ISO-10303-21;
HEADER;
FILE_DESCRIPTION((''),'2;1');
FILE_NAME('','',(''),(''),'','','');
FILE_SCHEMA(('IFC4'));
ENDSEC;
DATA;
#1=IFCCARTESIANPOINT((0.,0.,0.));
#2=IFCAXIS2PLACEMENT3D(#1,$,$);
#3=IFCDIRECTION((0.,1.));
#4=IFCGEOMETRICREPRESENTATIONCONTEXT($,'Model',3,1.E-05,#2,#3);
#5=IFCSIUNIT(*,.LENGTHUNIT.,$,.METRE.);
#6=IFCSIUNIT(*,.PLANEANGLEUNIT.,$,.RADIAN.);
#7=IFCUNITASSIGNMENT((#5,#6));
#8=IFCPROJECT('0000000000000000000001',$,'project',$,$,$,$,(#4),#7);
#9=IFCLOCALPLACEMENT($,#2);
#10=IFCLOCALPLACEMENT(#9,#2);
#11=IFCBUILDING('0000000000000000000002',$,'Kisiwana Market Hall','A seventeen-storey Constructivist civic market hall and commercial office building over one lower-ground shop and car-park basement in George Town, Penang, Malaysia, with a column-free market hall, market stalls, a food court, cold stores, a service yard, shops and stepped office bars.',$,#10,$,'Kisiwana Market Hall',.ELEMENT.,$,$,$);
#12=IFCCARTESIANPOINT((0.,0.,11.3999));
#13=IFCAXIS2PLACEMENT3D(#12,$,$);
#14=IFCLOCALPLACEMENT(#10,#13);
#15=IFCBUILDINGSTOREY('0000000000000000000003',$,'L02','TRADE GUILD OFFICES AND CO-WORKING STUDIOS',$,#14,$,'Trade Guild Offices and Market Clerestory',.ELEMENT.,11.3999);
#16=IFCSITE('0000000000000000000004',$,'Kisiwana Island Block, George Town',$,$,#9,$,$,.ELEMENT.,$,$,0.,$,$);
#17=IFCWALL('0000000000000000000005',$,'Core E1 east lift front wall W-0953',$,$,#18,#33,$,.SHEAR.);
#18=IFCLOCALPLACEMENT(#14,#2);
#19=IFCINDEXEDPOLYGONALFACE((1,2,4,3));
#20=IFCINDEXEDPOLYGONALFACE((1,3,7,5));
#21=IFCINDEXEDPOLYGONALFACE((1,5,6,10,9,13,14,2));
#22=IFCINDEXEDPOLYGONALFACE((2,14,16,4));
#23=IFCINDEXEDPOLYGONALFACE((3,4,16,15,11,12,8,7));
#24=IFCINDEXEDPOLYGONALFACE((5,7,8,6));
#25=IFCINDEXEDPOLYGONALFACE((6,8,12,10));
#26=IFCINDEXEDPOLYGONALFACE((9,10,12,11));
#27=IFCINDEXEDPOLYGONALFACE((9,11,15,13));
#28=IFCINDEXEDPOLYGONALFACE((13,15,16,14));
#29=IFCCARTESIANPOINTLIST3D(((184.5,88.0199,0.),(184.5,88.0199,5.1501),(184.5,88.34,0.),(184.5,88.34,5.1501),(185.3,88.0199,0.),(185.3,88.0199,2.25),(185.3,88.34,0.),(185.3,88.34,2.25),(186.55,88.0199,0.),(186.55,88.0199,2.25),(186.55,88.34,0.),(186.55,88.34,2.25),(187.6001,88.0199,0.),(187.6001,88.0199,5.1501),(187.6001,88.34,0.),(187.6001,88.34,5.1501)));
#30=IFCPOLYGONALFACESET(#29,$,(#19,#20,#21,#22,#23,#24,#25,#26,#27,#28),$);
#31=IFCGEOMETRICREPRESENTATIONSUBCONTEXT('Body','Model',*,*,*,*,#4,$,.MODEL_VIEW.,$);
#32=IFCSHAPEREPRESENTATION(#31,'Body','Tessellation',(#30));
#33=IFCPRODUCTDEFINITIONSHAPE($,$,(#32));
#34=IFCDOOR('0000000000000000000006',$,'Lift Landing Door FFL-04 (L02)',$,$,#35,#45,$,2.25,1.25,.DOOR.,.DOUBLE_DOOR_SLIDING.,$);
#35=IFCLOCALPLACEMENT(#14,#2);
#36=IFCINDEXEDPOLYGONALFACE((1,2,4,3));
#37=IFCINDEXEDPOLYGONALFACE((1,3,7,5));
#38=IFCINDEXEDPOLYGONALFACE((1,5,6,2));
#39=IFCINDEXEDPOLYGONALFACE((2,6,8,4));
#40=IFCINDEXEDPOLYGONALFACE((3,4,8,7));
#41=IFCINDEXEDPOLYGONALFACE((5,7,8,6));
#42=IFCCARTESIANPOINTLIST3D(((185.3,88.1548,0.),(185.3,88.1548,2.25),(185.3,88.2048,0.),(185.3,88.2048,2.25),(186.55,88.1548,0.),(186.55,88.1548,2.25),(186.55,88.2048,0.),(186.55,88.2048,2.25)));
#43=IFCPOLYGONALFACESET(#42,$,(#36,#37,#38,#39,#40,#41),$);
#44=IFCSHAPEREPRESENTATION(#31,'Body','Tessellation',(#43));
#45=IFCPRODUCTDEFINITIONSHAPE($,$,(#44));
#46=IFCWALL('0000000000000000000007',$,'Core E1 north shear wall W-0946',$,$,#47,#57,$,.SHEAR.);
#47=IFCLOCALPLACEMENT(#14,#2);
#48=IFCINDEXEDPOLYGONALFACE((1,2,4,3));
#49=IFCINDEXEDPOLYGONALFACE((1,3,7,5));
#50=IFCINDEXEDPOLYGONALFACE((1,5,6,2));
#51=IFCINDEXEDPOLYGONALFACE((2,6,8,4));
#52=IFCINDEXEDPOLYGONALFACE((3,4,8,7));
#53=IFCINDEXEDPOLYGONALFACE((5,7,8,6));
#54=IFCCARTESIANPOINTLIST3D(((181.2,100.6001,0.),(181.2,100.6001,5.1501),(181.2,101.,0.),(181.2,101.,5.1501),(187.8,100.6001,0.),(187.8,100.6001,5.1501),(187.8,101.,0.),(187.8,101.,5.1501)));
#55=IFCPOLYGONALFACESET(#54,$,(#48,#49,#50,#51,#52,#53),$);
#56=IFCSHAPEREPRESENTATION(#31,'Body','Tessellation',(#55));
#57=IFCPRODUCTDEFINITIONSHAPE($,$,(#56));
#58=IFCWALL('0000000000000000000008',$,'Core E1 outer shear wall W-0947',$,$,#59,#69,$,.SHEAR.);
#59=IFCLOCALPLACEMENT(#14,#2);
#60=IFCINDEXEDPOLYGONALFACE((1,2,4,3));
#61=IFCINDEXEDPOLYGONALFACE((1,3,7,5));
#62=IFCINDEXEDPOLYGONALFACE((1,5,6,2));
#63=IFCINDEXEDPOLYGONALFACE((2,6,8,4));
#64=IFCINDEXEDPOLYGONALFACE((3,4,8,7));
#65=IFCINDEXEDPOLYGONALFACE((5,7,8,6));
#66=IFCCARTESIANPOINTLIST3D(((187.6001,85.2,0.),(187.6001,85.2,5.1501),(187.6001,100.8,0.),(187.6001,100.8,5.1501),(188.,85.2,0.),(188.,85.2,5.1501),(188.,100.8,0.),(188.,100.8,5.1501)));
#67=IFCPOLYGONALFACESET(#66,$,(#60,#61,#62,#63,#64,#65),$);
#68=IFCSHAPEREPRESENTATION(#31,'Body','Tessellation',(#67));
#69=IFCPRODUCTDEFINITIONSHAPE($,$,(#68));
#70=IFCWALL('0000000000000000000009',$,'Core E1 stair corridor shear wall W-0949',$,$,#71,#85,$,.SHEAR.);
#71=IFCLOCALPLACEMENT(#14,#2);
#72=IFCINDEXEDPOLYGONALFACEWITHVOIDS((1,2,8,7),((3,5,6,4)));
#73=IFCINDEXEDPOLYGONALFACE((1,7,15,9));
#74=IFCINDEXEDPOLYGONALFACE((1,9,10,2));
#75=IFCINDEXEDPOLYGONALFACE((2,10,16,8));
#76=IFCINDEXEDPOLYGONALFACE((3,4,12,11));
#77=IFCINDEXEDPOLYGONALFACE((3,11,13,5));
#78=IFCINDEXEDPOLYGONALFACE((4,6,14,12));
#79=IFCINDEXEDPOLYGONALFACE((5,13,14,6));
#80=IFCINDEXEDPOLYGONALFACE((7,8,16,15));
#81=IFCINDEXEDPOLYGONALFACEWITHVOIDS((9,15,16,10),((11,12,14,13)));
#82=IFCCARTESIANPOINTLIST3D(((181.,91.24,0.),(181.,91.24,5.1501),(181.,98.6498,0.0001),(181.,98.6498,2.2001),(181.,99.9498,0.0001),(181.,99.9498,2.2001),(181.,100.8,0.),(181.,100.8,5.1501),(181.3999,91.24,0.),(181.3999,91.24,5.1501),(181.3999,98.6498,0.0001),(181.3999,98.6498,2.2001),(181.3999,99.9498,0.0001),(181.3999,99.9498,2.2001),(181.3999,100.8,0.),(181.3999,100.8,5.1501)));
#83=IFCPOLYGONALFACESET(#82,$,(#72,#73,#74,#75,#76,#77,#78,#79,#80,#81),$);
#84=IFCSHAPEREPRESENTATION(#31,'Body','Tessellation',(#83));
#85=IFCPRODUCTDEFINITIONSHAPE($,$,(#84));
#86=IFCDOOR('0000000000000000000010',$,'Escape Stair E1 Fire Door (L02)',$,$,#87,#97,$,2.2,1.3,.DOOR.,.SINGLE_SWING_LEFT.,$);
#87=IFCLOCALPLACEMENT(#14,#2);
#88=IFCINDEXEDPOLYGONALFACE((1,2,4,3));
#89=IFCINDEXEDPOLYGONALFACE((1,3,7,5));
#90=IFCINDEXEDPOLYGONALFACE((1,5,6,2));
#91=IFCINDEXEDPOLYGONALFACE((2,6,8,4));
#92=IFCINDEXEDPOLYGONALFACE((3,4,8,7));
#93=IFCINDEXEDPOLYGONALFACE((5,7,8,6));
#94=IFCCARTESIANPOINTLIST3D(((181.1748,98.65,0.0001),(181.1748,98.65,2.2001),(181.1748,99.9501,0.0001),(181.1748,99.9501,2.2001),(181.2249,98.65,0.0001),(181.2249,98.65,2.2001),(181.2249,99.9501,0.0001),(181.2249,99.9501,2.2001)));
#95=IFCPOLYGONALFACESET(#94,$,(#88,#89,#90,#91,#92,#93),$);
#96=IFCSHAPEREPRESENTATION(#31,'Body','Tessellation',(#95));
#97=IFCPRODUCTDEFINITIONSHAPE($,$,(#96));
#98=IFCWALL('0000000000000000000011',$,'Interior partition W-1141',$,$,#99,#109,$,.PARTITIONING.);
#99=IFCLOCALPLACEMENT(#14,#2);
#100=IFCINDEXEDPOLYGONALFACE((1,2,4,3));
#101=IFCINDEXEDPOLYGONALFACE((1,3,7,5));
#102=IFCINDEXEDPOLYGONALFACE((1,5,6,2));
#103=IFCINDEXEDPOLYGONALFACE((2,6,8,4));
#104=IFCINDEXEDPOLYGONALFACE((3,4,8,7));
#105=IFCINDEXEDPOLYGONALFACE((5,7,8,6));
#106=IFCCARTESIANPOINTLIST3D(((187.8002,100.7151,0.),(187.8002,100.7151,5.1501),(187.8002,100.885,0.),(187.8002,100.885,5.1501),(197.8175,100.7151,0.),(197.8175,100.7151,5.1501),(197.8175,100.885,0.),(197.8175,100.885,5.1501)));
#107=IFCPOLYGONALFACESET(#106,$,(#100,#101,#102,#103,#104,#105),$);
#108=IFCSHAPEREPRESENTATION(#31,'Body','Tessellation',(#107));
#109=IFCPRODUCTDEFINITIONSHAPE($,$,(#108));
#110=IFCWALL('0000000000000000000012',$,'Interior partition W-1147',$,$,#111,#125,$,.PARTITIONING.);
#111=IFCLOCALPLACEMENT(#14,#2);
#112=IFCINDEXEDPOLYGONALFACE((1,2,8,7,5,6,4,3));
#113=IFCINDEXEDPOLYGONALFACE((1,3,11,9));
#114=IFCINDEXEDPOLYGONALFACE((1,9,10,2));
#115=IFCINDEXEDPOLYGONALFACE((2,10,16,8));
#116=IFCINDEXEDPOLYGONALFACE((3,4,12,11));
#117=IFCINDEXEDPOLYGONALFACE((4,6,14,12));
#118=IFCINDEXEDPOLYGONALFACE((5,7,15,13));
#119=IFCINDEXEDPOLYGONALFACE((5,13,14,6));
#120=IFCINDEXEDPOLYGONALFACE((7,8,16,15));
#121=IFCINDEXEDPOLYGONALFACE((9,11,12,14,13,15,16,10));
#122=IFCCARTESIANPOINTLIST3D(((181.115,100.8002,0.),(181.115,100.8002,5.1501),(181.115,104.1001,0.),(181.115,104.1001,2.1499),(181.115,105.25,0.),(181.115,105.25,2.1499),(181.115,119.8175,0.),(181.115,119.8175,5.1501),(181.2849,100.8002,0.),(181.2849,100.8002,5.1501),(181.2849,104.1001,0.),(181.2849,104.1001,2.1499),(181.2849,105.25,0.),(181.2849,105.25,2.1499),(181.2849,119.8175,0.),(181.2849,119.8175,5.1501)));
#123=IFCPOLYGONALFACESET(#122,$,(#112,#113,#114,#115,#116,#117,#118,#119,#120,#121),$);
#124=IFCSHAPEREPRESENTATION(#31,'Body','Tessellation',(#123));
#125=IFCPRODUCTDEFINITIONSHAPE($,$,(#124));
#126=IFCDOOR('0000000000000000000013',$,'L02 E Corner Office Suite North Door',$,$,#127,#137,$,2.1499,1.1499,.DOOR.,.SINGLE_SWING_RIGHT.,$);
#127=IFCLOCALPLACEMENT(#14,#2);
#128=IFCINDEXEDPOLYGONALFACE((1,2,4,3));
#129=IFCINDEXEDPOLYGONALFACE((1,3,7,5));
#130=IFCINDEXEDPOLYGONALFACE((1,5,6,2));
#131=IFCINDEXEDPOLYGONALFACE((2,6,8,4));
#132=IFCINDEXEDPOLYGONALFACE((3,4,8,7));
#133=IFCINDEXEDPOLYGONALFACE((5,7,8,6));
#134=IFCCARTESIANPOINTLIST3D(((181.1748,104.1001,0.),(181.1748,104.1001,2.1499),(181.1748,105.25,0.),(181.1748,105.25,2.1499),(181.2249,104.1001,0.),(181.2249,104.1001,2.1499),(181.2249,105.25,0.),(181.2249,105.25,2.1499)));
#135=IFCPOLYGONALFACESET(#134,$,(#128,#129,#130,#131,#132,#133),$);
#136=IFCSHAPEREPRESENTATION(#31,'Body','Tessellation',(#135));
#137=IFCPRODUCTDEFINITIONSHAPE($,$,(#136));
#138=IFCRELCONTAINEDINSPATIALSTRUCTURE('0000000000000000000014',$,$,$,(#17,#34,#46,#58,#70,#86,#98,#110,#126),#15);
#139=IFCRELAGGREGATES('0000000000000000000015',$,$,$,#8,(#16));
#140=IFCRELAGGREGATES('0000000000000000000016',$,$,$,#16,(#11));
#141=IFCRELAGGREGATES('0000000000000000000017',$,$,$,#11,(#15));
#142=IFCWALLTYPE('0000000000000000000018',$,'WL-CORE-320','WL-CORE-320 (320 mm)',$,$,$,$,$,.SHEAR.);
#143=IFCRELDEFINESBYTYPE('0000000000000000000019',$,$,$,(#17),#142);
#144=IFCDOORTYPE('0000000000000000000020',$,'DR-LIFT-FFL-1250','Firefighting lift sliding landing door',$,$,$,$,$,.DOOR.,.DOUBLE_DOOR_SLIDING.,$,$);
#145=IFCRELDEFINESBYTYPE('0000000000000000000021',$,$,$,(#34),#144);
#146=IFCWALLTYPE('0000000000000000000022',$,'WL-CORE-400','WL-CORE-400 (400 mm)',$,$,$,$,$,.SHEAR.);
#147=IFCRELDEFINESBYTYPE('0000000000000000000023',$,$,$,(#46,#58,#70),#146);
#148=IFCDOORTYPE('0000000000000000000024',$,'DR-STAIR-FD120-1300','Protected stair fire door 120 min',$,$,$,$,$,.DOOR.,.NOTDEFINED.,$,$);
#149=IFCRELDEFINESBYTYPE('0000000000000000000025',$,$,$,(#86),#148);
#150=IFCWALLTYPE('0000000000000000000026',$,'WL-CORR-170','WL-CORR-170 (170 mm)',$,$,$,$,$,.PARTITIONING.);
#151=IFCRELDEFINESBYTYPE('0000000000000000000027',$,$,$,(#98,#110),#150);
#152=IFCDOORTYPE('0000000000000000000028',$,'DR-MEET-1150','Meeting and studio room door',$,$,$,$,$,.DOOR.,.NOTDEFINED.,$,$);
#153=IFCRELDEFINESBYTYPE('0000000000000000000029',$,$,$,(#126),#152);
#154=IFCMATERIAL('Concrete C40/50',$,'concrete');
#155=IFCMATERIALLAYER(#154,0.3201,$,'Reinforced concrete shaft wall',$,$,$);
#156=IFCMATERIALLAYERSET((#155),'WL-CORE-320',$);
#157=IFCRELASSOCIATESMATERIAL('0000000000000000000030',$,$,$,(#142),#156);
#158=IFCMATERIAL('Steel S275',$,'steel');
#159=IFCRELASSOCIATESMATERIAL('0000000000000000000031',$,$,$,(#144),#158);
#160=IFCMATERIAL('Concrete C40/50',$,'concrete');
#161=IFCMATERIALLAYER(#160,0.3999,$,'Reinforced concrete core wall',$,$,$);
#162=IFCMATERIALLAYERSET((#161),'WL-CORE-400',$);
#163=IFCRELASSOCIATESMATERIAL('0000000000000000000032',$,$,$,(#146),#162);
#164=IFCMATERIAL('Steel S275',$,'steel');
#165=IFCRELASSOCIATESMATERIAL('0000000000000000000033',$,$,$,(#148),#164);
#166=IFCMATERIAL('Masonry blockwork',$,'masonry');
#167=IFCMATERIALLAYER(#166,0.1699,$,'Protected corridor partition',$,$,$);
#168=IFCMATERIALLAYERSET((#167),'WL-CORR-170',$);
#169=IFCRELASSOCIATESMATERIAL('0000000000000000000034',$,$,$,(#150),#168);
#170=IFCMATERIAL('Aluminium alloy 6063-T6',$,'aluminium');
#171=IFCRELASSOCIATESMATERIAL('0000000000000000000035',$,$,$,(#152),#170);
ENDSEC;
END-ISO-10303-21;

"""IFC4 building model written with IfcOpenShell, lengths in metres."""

from ifc_helpers import new_model, si_unit, direction, frame, frame_2d, origin, place, context, subcontext, project, spatial, rectangle, extrude, material, layer, layer_set, type_object, element, fill, save


model = new_model("IFC4")

# Units and contexts
model_context = context("Model", 3, precision=1e-05, world=origin(), true_north=direction((0.0, 1.0)))
body_context = subcontext(model_context, "Body", "Model", "MODEL_VIEW")
ifc_project = project(units=[si_unit("LENGTHUNIT", "METRE"), si_unit("PLANEANGLEUNIT", "RADIAN")], contexts=[model_context])

# Site, building, storey
site_placement = place(None, origin())
site = spatial("IfcSite", under=ifc_project, at=site_placement, Name="Kisiwana Island Block, George Town", CompositionType="ELEMENT", RefElevation=0.0)
building_placement = place(site_placement, origin())
building = spatial("IfcBuilding", under=site, at=building_placement, Name="Kisiwana Market Hall", Description="A seventeen-storey Constructivist civic market hall and commercial office building over one lower-ground shop and car-park basement in George Town, Penang, Malaysia, with a column-free market hall, market stalls, a food court, cold stores, a service yard, shops and stepped office bars.", LongName="Kisiwana Market Hall", CompositionType="ELEMENT")
storey_placement = place(building_placement, frame((0.0, 0.0, 11.3999)))
storey = spatial("IfcBuildingStorey", under=building, at=storey_placement, Name="L02", Description="TRADE GUILD OFFICES AND CO-WORKING STUDIOS", LongName="Trade Guild Offices and Market Clerestory", CompositionType="ELEMENT", Elevation=11.3999)

# Shared definitions
ifc_material_1 = material(Name="Concrete C40/50", Category="concrete")
ifc_layer_1 = layer(ifc_material_1, 0.3201, Name="Reinforced concrete shaft wall")
ifc_layer_set_1 = layer_set([ifc_layer_1], Name="WL-CORE-320")
wall_type_1 = type_object("IfcWallType", Name="WL-CORE-320", Description="WL-CORE-320 (320 mm)", PredefinedType="SHEAR", material=ifc_layer_set_1)

# Wall, opening, door
wall_1_placement = place(storey_placement, frame((184.5, 88.1799, 0.0), z_axis=(0.0, 0.0, 1.0), x_axis=(1.0, 0.0, 0.0)))
wall_1 = element("IfcWall", 1, at=wall_1_placement, inside=storey, type_object=wall_type_1, Name="Core E1 east lift front wall W-0953", PredefinedType="SHEAR", context=body_context, shape_type="SweptSolid", body=[
    extrude(rectangle(XDim=3.1001, YDim=0.3201, at=frame_2d((1.55, 0.0))), origin(), (0.0, 0.0, 1.0), 5.1501),
])
opening_1_placement = place(wall_1_placement, frame((0.8, 0.0, 0.0)))
opening_1 = element("IfcOpeningElement", 2, at=opening_1_placement, cuts=wall_1, PredefinedType="OPENING", context=body_context, shape_type="SweptSolid", body=[
    extrude(rectangle(XDim=1.25, YDim=2.25, at=frame_2d((0.625, 1.125))), frame((0.0, 0.1719, 0.0), z_axis=(0.0, -1.0, 0.0), x_axis=(1.0, 0.0, 0.0)), (0.0, 0.0, 1.0), 0.344),
])
ifc_material_2 = material(Name="Steel S275", Category="steel")
door_type_1 = type_object("IfcDoorType", Name="DR-LIFT-FFL-1250", Description="Firefighting lift sliding landing door", OperationType="DOUBLE_DOOR_SLIDING", PredefinedType="DOOR", material=ifc_material_2)
door_1_placement = place(opening_1_placement, origin())
door_1 = element("IfcDoor", 3, at=door_1_placement, inside=storey, type_object=door_type_1, Name="Lift Landing Door FFL-04 (L02)", OperationType="DOUBLE_DOOR_SLIDING", OverallHeight=2.25, OverallWidth=1.25, PredefinedType="DOOR", context=body_context, shape_type="SweptSolid", body=[
    extrude(rectangle(XDim=1.25, YDim=2.25, at=frame_2d((0.625, 1.125))), frame((0.0, 0.0249, 0.0), z_axis=(0.0, -1.0, 0.0), x_axis=(1.0, 0.0, 0.0)), (0.0, 0.0, 1.0), 0.05),
])
fill(opening_1, door_1)

# Walls
ifc_material_3 = material(Name="Concrete C40/50", Category="concrete")
ifc_layer_2 = layer(ifc_material_3, 0.3999, Name="Reinforced concrete core wall")
ifc_layer_set_2 = layer_set([ifc_layer_2], Name="WL-CORE-400")
wall_type_2 = type_object("IfcWallType", Name="WL-CORE-400", Description="WL-CORE-400 (400 mm)", PredefinedType="SHEAR", material=ifc_layer_set_2)
wall_2_placement = place(storey_placement, frame((181.2, 100.8, 0.0), z_axis=(0.0, 0.0, 1.0), x_axis=(1.0, 0.0, 0.0)))
element("IfcWall", 4, at=wall_2_placement, inside=storey, type_object=wall_type_2, Name="Core E1 north shear wall W-0946", PredefinedType="SHEAR", context=body_context, shape_type="SweptSolid", body=[
    extrude(rectangle(XDim=6.6001, YDim=0.3999, at=frame_2d((3.3, 0.0))), origin(), (0.0, 0.0, 1.0), 5.1501),
])
wall_3_placement = place(storey_placement, frame((187.8, 85.2, 0.0), z_axis=(0.0, 0.0, 1.0), x_axis=(0.0, 1.0, 0.0)))
element("IfcWall", 5, at=wall_3_placement, inside=storey, type_object=wall_type_2, Name="Core E1 outer shear wall W-0947", PredefinedType="SHEAR", context=body_context, shape_type="SweptSolid", body=[
    extrude(rectangle(XDim=15.6001, YDim=0.3999, at=frame_2d((7.8, 0.0))), origin(), (0.0, 0.0, 1.0), 5.1501),
])

# Wall, opening, door
wall_4_placement = place(storey_placement, frame((181.2, 91.24, 0.0), z_axis=(0.0, 0.0, 1.0), x_axis=(0.0, 1.0, 0.0)))
wall_4 = element("IfcWall", 6, at=wall_4_placement, inside=storey, type_object=wall_type_2, Name="Core E1 stair corridor shear wall W-0949", PredefinedType="SHEAR", context=body_context, shape_type="SweptSolid", body=[
    extrude(rectangle(XDim=9.5601, YDim=0.3999, at=frame_2d((4.78, 0.0))), origin(), (0.0, 0.0, 1.0), 5.1501),
])
opening_2_placement = place(wall_4_placement, frame((7.4099, 0.0, 0.0)))
opening_2 = element("IfcOpeningElement", 7, at=opening_2_placement, cuts=wall_4, PredefinedType="OPENING", context=body_context, shape_type="SweptSolid", body=[
    extrude(rectangle(XDim=1.3, YDim=2.2, at=frame_2d((0.6499, 1.1001))), frame((0.0, 0.2119, 0.0), z_axis=(0.0, -1.0, 0.0), x_axis=(1.0, 0.0, 0.0)), (0.0, 0.0, 1.0), 0.4238),
])
ifc_material_4 = material(Name="Steel S275", Category="steel")
door_type_2 = type_object("IfcDoorType", Name="DR-STAIR-FD120-1300", Description="Protected stair fire door 120 min", OperationType="NOTDEFINED", PredefinedType="DOOR", material=ifc_material_4)
door_2_placement = place(opening_2_placement, frame((1.3, 0.0, 0.0), z_axis=(0.0, 0.0, 1.0), x_axis=(-1.0, 0.0, 0.0)))
door_2 = element("IfcDoor", 8, at=door_2_placement, inside=storey, type_object=door_type_2, Name="Escape Stair E1 Fire Door (L02)", OperationType="SINGLE_SWING_LEFT", OverallHeight=2.2, OverallWidth=1.3, PredefinedType="DOOR", context=body_context, shape_type="SweptSolid", body=[
    extrude(rectangle(XDim=1.3, YDim=2.2, at=frame_2d((0.6499, 1.1001))), frame((0.0, 0.0249, 0.0), z_axis=(0.0, -1.0, 0.0), x_axis=(1.0, 0.0, 0.0)), (0.0, 0.0, 1.0), 0.05),
])
fill(opening_2, door_2)

# Wall
ifc_material_5 = material(Name="Masonry blockwork", Category="masonry")
ifc_layer_3 = layer(ifc_material_5, 0.1699, Name="Protected corridor partition")
ifc_layer_set_3 = layer_set([ifc_layer_3], Name="WL-CORR-170")
wall_type_3 = type_object("IfcWallType", Name="WL-CORR-170", Description="WL-CORR-170 (170 mm)", PredefinedType="PARTITIONING", material=ifc_layer_set_3)
wall_5_placement = place(storey_placement, frame((187.8, 100.8, 0.0), z_axis=(0.0, 0.0, 1.0), x_axis=(1.0, 0.0, 0.0)))
element("IfcWall", 9, at=wall_5_placement, inside=storey, type_object=wall_type_3, Name="Interior partition W-1141", PredefinedType="PARTITIONING", context=body_context, shape_type="SweptSolid", body=[
    extrude(rectangle(XDim=10.0173, YDim=0.1699, at=frame_2d((5.0088, 0.0))), origin(), (0.0, 0.0, 1.0), 5.1501),
])

# Wall, opening, door
wall_6_placement = place(storey_placement, frame((181.2, 100.8, 0.0), z_axis=(0.0, 0.0, 1.0), x_axis=(0.0, 1.0, 0.0)))
wall_6 = element("IfcWall", 10, at=wall_6_placement, inside=storey, type_object=wall_type_3, Name="Interior partition W-1147", PredefinedType="PARTITIONING", context=body_context, shape_type="SweptSolid", body=[
    extrude(rectangle(XDim=19.0173, YDim=0.1699, at=frame_2d((9.5088, 0.0))), origin(), (0.0, 0.0, 1.0), 5.1501),
])
opening_3_placement = place(wall_6_placement, frame((3.3, 0.0, 0.0)))
opening_3 = element("IfcOpeningElement", 11, at=opening_3_placement, cuts=wall_6, PredefinedType="OPENING", context=body_context, shape_type="SweptSolid", body=[
    extrude(rectangle(XDim=1.1499, YDim=2.1499, at=frame_2d((0.575, 1.075))), frame((0.0, 0.0969, 0.0), z_axis=(0.0, -1.0, 0.0), x_axis=(1.0, 0.0, 0.0)), (0.0, 0.0, 1.0), 0.1938),
])
ifc_material_6 = material(Name="Aluminium alloy 6063-T6", Category="aluminium")
door_type_3 = type_object("IfcDoorType", Name="DR-MEET-1150", Description="Meeting and studio room door", OperationType="NOTDEFINED", PredefinedType="DOOR", material=ifc_material_6)
door_3_placement = place(opening_3_placement, frame((1.1499, 0.0, 0.0), z_axis=(0.0, 0.0, 1.0), x_axis=(-1.0, 0.0, 0.0)))
door_3 = element("IfcDoor", 12, at=door_3_placement, inside=storey, type_object=door_type_3, Name="L02 E Corner Office Suite North Door", OperationType="SINGLE_SWING_RIGHT", OverallHeight=2.1499, OverallWidth=1.1499, PredefinedType="DOOR", context=body_context, shape_type="SweptSolid", body=[
    extrude(rectangle(XDim=1.1499, YDim=2.1499, at=frame_2d((0.575, 1.075))), frame((0.0, 0.0249, 0.0), z_axis=(0.0, -1.0, 0.0), x_axis=(1.0, 0.0, 0.0)), (0.0, 0.0, 1.0), 0.05),
])
fill(opening_3, door_3)

save(model, "model.ifc")
